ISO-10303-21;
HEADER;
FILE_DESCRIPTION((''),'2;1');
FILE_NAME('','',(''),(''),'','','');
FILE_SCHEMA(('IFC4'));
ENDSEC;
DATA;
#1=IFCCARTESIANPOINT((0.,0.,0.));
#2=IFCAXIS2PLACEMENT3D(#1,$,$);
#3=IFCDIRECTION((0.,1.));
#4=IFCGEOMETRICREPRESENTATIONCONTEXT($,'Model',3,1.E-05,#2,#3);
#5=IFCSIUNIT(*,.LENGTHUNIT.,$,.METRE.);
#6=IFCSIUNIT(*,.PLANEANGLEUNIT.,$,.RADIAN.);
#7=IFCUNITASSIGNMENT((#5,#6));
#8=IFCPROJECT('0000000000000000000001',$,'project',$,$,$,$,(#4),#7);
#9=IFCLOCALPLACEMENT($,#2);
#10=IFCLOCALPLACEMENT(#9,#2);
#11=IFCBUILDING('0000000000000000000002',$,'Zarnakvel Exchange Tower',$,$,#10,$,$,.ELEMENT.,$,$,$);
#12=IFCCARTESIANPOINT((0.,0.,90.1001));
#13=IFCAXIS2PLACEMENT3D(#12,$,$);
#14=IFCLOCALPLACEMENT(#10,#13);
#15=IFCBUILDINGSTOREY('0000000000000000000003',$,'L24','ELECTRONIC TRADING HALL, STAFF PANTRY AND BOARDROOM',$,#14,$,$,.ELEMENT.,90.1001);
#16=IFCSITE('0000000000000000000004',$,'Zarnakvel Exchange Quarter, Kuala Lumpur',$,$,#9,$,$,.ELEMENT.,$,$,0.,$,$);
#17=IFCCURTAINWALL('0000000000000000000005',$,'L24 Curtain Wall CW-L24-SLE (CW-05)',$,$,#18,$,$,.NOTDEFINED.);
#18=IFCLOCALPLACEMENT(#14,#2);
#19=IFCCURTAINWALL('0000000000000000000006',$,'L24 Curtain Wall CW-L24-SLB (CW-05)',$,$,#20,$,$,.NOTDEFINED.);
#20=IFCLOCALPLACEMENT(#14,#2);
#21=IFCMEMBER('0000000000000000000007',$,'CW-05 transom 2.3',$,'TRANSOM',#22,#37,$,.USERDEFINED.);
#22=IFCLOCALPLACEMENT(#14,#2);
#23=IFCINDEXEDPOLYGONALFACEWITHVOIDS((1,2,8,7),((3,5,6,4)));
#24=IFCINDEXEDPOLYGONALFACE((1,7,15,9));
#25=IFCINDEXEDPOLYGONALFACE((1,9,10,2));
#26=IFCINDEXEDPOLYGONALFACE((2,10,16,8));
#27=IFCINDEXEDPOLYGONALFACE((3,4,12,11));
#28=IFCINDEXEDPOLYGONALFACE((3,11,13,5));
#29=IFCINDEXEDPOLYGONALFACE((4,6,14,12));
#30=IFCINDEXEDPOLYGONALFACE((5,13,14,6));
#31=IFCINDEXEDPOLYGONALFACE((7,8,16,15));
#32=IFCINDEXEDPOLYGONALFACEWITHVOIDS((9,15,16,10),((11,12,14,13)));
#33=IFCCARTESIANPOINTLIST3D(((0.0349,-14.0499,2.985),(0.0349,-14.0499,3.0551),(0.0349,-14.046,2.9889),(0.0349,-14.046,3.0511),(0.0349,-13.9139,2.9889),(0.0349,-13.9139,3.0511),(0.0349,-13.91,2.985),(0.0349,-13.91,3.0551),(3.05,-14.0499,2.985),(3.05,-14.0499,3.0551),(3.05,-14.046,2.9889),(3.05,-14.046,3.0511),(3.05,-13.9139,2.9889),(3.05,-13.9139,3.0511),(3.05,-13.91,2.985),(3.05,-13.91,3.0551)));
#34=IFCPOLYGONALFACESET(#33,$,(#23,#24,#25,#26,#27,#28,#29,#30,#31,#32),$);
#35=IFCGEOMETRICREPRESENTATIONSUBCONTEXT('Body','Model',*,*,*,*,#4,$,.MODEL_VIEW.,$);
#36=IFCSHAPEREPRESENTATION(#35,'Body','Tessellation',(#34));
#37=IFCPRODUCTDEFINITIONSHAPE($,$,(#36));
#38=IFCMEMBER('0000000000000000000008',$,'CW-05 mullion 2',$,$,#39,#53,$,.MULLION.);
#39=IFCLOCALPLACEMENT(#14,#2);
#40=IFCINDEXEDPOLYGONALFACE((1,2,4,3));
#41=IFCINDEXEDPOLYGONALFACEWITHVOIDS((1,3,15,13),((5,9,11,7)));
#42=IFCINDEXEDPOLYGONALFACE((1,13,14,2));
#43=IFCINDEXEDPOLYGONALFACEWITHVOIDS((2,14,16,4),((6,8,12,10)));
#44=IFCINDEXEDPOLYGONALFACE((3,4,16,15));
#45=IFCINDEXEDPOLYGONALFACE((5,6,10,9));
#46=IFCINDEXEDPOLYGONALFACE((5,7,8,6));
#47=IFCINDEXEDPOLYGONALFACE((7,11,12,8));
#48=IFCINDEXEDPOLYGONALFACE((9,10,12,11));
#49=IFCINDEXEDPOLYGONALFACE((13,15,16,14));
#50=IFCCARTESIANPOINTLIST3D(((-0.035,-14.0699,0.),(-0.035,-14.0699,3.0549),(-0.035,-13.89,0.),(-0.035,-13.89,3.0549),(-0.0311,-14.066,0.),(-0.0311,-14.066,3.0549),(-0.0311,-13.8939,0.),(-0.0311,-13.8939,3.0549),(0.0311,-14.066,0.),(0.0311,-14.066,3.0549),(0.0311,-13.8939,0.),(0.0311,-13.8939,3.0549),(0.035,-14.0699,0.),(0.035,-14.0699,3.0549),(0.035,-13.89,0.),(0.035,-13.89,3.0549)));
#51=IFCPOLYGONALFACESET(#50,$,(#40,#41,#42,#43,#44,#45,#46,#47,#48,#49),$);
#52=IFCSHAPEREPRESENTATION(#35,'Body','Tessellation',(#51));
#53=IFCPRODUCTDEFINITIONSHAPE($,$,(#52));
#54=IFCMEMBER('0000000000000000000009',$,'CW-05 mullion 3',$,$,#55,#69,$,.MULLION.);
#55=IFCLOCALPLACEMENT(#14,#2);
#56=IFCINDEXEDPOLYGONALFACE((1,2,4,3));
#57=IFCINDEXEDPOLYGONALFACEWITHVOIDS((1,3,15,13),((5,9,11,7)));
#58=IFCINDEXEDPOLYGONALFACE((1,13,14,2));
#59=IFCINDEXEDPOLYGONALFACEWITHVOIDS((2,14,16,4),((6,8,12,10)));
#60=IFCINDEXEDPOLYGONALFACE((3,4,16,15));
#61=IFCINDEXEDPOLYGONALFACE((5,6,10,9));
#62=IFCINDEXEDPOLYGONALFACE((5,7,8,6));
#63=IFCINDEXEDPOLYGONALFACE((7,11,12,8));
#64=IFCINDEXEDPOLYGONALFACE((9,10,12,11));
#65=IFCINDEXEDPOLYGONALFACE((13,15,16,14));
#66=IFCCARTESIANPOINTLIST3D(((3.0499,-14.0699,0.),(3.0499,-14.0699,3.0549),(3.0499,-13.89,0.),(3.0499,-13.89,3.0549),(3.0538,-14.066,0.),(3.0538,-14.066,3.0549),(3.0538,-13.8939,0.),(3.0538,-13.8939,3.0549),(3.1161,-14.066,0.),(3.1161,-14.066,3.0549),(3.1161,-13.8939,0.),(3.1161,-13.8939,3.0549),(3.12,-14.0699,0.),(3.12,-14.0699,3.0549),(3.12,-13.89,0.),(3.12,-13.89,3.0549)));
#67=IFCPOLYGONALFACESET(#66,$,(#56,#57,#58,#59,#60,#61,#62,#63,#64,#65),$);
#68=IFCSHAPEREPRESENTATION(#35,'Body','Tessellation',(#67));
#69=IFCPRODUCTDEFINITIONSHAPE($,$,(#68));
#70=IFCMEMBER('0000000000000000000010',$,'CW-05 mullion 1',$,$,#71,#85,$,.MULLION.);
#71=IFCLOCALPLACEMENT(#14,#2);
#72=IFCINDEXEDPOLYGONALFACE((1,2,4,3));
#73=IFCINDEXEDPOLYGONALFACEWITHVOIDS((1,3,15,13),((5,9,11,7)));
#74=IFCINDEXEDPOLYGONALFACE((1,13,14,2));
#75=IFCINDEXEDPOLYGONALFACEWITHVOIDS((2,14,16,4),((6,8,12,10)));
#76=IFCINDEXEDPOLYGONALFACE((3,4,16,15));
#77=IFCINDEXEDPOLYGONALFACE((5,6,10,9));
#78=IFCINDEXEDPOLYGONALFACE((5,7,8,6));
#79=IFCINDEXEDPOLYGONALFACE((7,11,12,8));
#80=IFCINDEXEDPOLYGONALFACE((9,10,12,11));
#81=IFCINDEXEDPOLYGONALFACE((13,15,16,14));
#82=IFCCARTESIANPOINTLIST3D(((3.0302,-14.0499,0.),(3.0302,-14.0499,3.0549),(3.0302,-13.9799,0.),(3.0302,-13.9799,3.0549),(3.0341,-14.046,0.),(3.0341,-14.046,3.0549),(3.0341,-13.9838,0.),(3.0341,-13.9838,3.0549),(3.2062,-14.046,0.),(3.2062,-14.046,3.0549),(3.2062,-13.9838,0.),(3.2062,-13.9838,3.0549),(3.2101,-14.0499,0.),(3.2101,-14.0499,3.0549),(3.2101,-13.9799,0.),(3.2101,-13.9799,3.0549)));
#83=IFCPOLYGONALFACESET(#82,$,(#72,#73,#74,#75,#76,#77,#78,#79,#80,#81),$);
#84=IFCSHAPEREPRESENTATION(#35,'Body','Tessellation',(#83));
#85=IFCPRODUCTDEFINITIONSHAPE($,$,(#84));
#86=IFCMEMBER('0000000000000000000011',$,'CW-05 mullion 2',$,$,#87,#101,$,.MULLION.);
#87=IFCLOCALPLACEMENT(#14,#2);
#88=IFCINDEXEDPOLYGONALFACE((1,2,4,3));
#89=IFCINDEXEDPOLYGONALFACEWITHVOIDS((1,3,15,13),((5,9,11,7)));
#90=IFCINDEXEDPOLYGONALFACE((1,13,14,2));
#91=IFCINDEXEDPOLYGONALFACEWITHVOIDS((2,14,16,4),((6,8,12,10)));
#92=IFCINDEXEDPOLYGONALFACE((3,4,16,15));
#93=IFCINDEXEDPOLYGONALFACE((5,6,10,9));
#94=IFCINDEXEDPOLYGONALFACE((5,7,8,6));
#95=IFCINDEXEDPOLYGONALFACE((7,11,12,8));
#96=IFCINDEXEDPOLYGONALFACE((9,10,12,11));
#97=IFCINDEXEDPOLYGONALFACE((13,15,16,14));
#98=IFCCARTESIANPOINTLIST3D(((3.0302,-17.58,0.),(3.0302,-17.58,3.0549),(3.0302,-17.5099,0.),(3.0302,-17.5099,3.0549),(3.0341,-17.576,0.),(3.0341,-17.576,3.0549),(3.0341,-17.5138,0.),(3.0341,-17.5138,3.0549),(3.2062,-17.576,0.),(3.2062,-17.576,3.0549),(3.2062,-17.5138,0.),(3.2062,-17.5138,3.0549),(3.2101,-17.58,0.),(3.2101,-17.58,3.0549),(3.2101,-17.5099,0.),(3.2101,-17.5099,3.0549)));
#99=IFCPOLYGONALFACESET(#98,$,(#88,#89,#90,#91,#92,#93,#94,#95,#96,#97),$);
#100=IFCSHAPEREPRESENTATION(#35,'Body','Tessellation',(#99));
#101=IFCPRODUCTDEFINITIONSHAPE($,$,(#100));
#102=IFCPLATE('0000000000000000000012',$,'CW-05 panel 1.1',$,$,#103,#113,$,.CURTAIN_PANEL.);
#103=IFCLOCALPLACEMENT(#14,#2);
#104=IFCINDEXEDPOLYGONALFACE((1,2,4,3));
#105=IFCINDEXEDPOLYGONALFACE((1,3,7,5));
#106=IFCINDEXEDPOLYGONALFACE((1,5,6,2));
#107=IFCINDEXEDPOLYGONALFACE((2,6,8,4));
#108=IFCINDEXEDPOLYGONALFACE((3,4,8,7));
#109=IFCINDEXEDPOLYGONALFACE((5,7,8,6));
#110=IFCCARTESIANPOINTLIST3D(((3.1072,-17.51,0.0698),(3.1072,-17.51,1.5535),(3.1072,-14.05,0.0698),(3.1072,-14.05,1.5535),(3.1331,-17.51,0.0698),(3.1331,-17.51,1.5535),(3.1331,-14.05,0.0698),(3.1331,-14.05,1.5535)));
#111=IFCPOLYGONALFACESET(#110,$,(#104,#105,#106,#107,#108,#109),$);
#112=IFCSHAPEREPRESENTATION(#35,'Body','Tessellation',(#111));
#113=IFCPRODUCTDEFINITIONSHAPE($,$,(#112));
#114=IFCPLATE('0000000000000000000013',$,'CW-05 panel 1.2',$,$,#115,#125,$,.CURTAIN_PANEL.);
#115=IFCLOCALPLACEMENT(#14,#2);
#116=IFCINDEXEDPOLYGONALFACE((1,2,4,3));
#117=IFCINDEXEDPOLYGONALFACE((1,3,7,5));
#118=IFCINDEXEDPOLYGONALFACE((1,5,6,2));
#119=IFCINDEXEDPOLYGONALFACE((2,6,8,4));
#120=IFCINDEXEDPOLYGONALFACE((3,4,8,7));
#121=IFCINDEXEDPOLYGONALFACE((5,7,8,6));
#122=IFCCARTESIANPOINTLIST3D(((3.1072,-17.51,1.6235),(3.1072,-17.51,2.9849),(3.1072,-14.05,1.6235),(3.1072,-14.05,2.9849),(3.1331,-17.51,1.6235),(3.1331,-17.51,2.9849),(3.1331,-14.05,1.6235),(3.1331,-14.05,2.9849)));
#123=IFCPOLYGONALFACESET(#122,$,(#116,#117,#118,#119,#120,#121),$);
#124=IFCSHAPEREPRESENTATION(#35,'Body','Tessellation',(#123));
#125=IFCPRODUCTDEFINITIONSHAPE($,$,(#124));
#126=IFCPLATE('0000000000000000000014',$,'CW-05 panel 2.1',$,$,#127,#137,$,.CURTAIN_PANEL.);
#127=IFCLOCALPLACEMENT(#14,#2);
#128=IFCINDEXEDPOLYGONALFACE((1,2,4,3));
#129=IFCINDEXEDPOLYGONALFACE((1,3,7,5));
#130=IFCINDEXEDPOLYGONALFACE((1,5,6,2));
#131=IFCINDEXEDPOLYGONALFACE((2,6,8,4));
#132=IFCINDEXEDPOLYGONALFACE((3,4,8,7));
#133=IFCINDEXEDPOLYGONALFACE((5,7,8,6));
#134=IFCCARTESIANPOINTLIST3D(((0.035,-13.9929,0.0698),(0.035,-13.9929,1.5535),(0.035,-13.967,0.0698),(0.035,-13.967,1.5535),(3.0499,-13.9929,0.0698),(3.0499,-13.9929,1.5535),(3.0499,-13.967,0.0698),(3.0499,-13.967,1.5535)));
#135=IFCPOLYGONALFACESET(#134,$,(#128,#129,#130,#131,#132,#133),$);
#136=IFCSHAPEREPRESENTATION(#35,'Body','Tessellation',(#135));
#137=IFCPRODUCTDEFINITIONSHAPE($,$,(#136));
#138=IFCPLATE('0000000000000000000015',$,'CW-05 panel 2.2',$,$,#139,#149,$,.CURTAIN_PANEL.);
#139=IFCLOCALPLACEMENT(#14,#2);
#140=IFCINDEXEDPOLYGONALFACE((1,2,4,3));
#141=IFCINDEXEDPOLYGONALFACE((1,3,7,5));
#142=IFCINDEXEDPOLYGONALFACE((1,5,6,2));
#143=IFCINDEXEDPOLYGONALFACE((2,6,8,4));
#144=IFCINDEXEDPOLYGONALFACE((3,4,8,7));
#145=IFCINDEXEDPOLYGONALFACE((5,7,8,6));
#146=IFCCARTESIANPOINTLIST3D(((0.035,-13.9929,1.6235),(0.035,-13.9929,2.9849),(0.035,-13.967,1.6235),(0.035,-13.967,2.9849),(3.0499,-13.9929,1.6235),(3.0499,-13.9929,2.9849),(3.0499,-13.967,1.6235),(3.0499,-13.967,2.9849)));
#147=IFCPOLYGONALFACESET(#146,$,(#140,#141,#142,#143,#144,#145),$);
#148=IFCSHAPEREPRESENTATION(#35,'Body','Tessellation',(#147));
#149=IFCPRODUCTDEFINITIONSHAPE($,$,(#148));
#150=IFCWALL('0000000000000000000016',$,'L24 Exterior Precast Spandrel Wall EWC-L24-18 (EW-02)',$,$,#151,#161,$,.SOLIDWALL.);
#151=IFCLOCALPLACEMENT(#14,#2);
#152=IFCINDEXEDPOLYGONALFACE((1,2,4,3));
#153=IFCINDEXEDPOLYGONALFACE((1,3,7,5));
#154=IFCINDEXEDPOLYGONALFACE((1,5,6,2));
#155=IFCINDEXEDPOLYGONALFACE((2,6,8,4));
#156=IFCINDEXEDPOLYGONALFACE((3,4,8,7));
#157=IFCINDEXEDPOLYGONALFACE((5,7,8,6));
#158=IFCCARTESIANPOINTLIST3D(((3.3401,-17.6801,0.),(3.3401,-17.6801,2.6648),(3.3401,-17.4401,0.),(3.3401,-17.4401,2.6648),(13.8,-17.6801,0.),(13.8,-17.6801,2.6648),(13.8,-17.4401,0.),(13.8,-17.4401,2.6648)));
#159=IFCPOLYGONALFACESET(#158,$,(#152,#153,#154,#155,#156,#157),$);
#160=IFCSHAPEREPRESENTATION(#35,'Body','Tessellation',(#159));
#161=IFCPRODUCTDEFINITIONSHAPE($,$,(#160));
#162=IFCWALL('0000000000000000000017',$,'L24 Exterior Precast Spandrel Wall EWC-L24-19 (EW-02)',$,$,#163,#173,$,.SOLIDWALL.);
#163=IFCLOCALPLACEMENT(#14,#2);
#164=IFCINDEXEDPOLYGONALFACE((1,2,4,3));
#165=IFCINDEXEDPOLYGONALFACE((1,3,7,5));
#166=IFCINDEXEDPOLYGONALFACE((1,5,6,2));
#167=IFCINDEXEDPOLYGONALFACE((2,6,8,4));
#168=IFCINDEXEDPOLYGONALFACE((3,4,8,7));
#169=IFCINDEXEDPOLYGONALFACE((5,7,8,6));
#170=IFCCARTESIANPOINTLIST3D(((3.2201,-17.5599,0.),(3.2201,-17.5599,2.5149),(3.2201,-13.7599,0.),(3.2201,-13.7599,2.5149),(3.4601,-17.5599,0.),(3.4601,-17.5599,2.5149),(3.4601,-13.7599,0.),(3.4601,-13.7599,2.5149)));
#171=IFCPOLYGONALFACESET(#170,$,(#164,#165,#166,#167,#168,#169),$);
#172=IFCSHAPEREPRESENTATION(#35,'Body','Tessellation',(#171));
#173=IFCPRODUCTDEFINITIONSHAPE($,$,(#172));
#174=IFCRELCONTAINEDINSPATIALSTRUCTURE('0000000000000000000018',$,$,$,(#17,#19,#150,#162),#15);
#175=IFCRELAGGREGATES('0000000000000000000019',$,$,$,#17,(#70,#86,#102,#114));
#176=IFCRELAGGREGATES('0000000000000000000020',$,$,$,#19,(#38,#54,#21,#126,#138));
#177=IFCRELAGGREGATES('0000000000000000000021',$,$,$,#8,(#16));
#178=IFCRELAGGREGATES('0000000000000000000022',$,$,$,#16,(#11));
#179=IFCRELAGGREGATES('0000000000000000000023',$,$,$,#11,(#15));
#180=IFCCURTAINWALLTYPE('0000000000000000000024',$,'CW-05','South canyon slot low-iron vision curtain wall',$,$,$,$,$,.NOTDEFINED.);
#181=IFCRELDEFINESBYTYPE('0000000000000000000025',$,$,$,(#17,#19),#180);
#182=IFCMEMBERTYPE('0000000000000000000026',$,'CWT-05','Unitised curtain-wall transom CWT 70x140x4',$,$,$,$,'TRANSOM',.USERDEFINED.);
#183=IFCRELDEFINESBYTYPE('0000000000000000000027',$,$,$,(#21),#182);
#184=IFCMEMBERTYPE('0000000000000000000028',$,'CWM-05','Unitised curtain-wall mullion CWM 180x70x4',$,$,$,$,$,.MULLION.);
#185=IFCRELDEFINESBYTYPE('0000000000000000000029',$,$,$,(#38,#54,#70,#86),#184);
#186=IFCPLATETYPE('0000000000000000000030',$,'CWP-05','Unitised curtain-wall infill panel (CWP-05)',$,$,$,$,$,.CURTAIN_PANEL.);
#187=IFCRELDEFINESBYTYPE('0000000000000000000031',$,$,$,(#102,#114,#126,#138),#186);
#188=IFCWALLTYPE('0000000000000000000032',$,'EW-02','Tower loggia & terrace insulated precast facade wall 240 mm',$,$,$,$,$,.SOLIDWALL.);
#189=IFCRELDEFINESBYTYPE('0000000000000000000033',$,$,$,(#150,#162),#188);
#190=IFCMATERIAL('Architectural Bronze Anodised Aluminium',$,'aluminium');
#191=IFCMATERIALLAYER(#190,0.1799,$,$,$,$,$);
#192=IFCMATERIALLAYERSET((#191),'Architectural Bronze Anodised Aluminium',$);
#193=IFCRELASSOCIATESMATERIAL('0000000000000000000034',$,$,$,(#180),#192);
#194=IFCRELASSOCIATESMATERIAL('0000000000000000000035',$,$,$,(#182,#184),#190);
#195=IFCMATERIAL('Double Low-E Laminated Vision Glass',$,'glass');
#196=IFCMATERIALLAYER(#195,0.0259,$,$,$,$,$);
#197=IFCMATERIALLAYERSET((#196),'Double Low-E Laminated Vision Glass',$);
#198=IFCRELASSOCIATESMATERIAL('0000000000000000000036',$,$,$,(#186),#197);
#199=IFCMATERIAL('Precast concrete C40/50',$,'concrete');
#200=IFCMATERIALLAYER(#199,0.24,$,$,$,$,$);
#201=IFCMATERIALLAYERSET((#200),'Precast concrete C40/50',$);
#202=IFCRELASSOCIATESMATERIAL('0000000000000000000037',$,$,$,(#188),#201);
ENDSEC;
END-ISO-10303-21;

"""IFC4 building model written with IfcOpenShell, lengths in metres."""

from ifc_helpers import new_model, si_unit, direction, frame, frame_2d, origin, origin_2d, place, context, subcontext, project, spatial, rectangle, hollow_rectangle, extrude, source, transform, mapped, material, layer, layer_set, material_profile, profile_set, type_object, element, aggregate, save


model = new_model("IFC4")

# Units and contexts
model_context = context("Model", 3, precision=1e-05, world=origin(), true_north=direction((0.0, 1.0)))
body_context = subcontext(model_context, "Body", "Model", "MODEL_VIEW")
ifc_project = project(units=[si_unit("LENGTHUNIT", "METRE"), si_unit("PLANEANGLEUNIT", "RADIAN")], contexts=[model_context])

# Site, building, storey
site_placement = place(None, origin())
site = spatial("IfcSite", under=ifc_project, at=site_placement, Name="Zarnakvel Exchange Quarter, Kuala Lumpur", CompositionType="ELEMENT", RefElevation=0.0)
building_placement = place(site_placement, origin())
building = spatial("IfcBuilding", under=site, at=building_placement, Name="Zarnakvel Exchange Tower", CompositionType="ELEMENT")
storey_placement = place(building_placement, frame((0.0, 0.0, 90.1001)))
storey = spatial("IfcBuildingStorey", under=building, at=storey_placement, Name="L24", Description="ELECTRONIC TRADING HALL, STAFF PANTRY AND BOARDROOM", CompositionType="ELEMENT", Elevation=90.1001)

# Curtain walls, members
ifc_material_1 = material(Name="Architectural Bronze Anodised Aluminium", Category="aluminium")
ifc_layer_1 = layer(ifc_material_1, 0.1799)
ifc_layer_set_1 = layer_set([ifc_layer_1], Name="Architectural Bronze Anodised Aluminium")
curtain_wall_type = type_object("IfcCurtainWallType", Name="CW-05", Description="South canyon slot low-iron vision curtain wall", PredefinedType="NOTDEFINED", material=ifc_layer_set_1)
curtain_wall_1_placement = place(storey_placement, origin())
curtain_wall_1 = element("IfcCurtainWall", 1, at=curtain_wall_1_placement, inside=storey, type_object=curtain_wall_type, Name="L24 Curtain Wall CW-L24-SLE (CW-05)", PredefinedType="NOTDEFINED")
ifc_material_profile_1 = material_profile(ifc_material_1, hollow_rectangle(XDim=0.1399, YDim=0.0701, WallThickness=0.0039, at=origin_2d()))
ifc_profile_set_1 = profile_set([ifc_material_profile_1], Name="Architectural Bronze Anodised Aluminium")
member_type_1 = type_object("IfcMemberType", Name="CWT-05", Description="Unitised curtain-wall transom CWT 70x140x4", ElementType="TRANSOM", PredefinedType="USERDEFINED", material=ifc_profile_set_1)
curtain_wall_2_placement = place(storey_placement, origin())
curtain_wall_2 = element("IfcCurtainWall", 2, at=curtain_wall_2_placement, inside=storey, type_object=curtain_wall_type, Name="L24 Curtain Wall CW-L24-SLB (CW-05)", PredefinedType="NOTDEFINED")
shared_shape_1 = source(origin(), body_context, "Body", "SweptSolid", [
    extrude(hollow_rectangle(XDim=0.1399, YDim=0.0701, WallThickness=0.0039, at=origin_2d()), origin(), (0.0, 0.0, 1.0), 3.0151),
])
member_1_placement = place(storey_placement, frame((0.0349, -13.98, 3.02), z_axis=(1.0, 0.0, 0.0), x_axis=(0.0, 1.0, 0.0)))
member_1 = element("IfcMember", 3, at=member_1_placement, type_object=member_type_1, Name="CW-05 transom 2.3", ObjectType="TRANSOM", PredefinedType="USERDEFINED", context=body_context, shape_type="MappedRepresentation", body=[
    mapped(shared_shape_1, transform((0.0, 0.0, 0.0), x_axis=(1.0, 0.0, 0.0), y_axis=(0.0, 1.0, 0.0), z_axis=(0.0, 0.0, 1.0), scale=1.0)),
])
ifc_material_profile_2 = material_profile(ifc_material_1, hollow_rectangle(XDim=0.1799, YDim=0.0701, WallThickness=0.0039, at=origin_2d()))
ifc_profile_set_2 = profile_set([ifc_material_profile_2], Name="Architectural Bronze Anodised Aluminium")
member_type_2 = type_object("IfcMemberType", Name="CWM-05", Description="Unitised curtain-wall mullion CWM 180x70x4", PredefinedType="MULLION", material=ifc_profile_set_2)
shared_shape_2 = source(origin(), body_context, "Body", "SweptSolid", [
    extrude(hollow_rectangle(XDim=0.1799, YDim=0.0701, WallThickness=0.0039, at=origin_2d()), origin(), (0.0, 0.0, 1.0), 3.0549),
])
member_2_placement = place(storey_placement, frame((0.0, -13.98, 0.0), z_axis=(0.0, 0.0, 1.0), x_axis=(0.0, 1.0, 0.0)))
member_2 = element("IfcMember", 4, at=member_2_placement, type_object=member_type_2, Name="CW-05 mullion 2", PredefinedType="MULLION", context=body_context, shape_type="MappedRepresentation", body=[
    mapped(shared_shape_2, transform((0.0, 0.0, 0.0), x_axis=(1.0, 0.0, 0.0), y_axis=(0.0, 1.0, 0.0), z_axis=(0.0, 0.0, 1.0), scale=1.0)),
])
member_3_placement = place(storey_placement, frame((3.085, -13.98, 0.0), z_axis=(0.0, 0.0, 1.0), x_axis=(0.0, 1.0, 0.0)))
member_3 = element("IfcMember", 5, at=member_3_placement, type_object=member_type_2, Name="CW-05 mullion 3", PredefinedType="MULLION", context=body_context, shape_type="MappedRepresentation", body=[
    mapped(shared_shape_2, transform((0.0, 0.0, 0.0), x_axis=(1.0, 0.0, 0.0), y_axis=(0.0, 1.0, 0.0), z_axis=(0.0, 0.0, 1.0), scale=1.0)),
])

# Members
member_4_placement = place(storey_placement, frame((3.1201, -14.0149, 0.0), z_axis=(0.0, 0.0, 1.0), x_axis=(1.0, 0.0, 0.0)))
member_4 = element("IfcMember", 6, at=member_4_placement, type_object=member_type_2, Name="CW-05 mullion 1", PredefinedType="MULLION", context=body_context, shape_type="MappedRepresentation", body=[
    mapped(shared_shape_2, transform((0.0, 0.0, 0.0), x_axis=(1.0, 0.0, 0.0), y_axis=(0.0, 1.0, 0.0), z_axis=(0.0, 0.0, 1.0), scale=1.0)),
])
member_5_placement = place(storey_placement, frame((3.1201, -17.5449, 0.0), z_axis=(0.0, 0.0, 1.0), x_axis=(1.0, 0.0, 0.0)))
member_5 = element("IfcMember", 7, at=member_5_placement, type_object=member_type_2, Name="CW-05 mullion 2", PredefinedType="MULLION", context=body_context, shape_type="MappedRepresentation", body=[
    mapped(shared_shape_2, transform((0.0, 0.0, 0.0), x_axis=(1.0, 0.0, 0.0), y_axis=(0.0, 1.0, 0.0), z_axis=(0.0, 0.0, 1.0), scale=1.0)),
])

# Plates
ifc_material_2 = material(Name="Double Low-E Laminated Vision Glass", Category="glass")
ifc_layer_2 = layer(ifc_material_2, 0.0259)
ifc_layer_set_2 = layer_set([ifc_layer_2], Name="Double Low-E Laminated Vision Glass")
plate_type = type_object("IfcPlateType", Name="CWP-05", Description="Unitised curtain-wall infill panel (CWP-05)", PredefinedType="CURTAIN_PANEL", material=ifc_layer_set_2)
shared_shape_3 = source(origin(), body_context, "Body", "SweptSolid", [
    extrude(rectangle(XDim=3.46, YDim=0.0259, at=origin_2d()), origin(), (0.0, 0.0, 1.0), 1.4836),
])
plate_1_placement = place(storey_placement, frame((3.1201, -15.78, 0.0698), z_axis=(0.0, 0.0, 1.0), x_axis=(0.0, -1.0, 0.0)))
plate_1 = element("IfcPlate", 8, at=plate_1_placement, type_object=plate_type, Name="CW-05 panel 1.1", PredefinedType="CURTAIN_PANEL", context=body_context, shape_type="MappedRepresentation", body=[
    mapped(shared_shape_3, transform((0.0, 0.0, 0.0), x_axis=(1.0, 0.0, 0.0), y_axis=(0.0, 1.0, 0.0), z_axis=(0.0, 0.0, 1.0), scale=1.0)),
])
shared_shape_4 = source(origin(), body_context, "Body", "SweptSolid", [
    extrude(rectangle(XDim=3.46, YDim=0.0259, at=origin_2d()), origin(), (0.0, 0.0, 1.0), 1.3613),
])
plate_2_placement = place(storey_placement, frame((3.1201, -15.78, 1.6235), z_axis=(0.0, 0.0, 1.0), x_axis=(0.0, -1.0, 0.0)))
plate_2 = element("IfcPlate", 9, at=plate_2_placement, type_object=plate_type, Name="CW-05 panel 1.2", PredefinedType="CURTAIN_PANEL", context=body_context, shape_type="MappedRepresentation", body=[
    mapped(shared_shape_4, transform((0.0, 0.0, 0.0), x_axis=(1.0, 0.0, 0.0), y_axis=(0.0, 1.0, 0.0), z_axis=(0.0, 0.0, 1.0), scale=1.0)),
])
aggregate(curtain_wall_1, [member_4, member_5, plate_1, plate_2])
shared_shape_5 = source(origin(), body_context, "Body", "SweptSolid", [
    extrude(rectangle(XDim=3.0149, YDim=0.0259, at=origin_2d()), origin(), (0.0, 0.0, 1.0), 1.4836),
])
plate_3_placement = place(storey_placement, frame((1.5425, -13.98, 0.0698), z_axis=(0.0, 0.0, 1.0), x_axis=(1.0, 0.0, 0.0)))
plate_3 = element("IfcPlate", 10, at=plate_3_placement, type_object=plate_type, Name="CW-05 panel 2.1", PredefinedType="CURTAIN_PANEL", context=body_context, shape_type="MappedRepresentation", body=[
    mapped(shared_shape_5, transform((0.0, 0.0, 0.0), x_axis=(1.0, 0.0, 0.0), y_axis=(0.0, 1.0, 0.0), z_axis=(0.0, 0.0, 1.0), scale=1.0)),
])
shared_shape_6 = source(origin(), body_context, "Body", "SweptSolid", [
    extrude(rectangle(XDim=3.0149, YDim=0.0259, at=origin_2d()), origin(), (0.0, 0.0, 1.0), 1.3613),
])
plate_4_placement = place(storey_placement, frame((1.5425, -13.98, 1.6235), z_axis=(0.0, 0.0, 1.0), x_axis=(1.0, 0.0, 0.0)))
plate_4 = element("IfcPlate", 11, at=plate_4_placement, type_object=plate_type, Name="CW-05 panel 2.2", PredefinedType="CURTAIN_PANEL", context=body_context, shape_type="MappedRepresentation", body=[
    mapped(shared_shape_6, transform((0.0, 0.0, 0.0), x_axis=(1.0, 0.0, 0.0), y_axis=(0.0, 1.0, 0.0), z_axis=(0.0, 0.0, 1.0), scale=1.0)),
])
aggregate(curtain_wall_2, [member_2, member_3, member_1, plate_3, plate_4])

# Walls
ifc_material_3 = material(Name="Precast concrete C40/50", Category="concrete")
ifc_layer_3 = layer(ifc_material_3, 0.24)
ifc_layer_set_3 = layer_set([ifc_layer_3], Name="Precast concrete C40/50")
wall_type_1 = type_object("IfcWallType", Name="EW-02", Description="Tower loggia & terrace insulated precast facade wall 240 mm", PredefinedType="SOLIDWALL", material=ifc_layer_set_3)
wall_1_placement = place(storey_placement, frame((3.3401, -17.5601, 0.0), z_axis=(0.0, 0.0, 1.0), x_axis=(1.0, 0.0, 0.0)))
element("IfcWall", 12, at=wall_1_placement, inside=storey, type_object=wall_type_1, Name="L24 Exterior Precast Spandrel Wall EWC-L24-18 (EW-02)", PredefinedType="SOLIDWALL", context=body_context, shape_type="SweptSolid", body=[
    extrude(rectangle(XDim=10.46, YDim=0.24, at=frame_2d((5.23, 0.0))), origin(), (0.0, 0.0, 1.0), 2.6648),
])
wall_2_placement = place(storey_placement, frame((3.3401, -13.76, 0.0), z_axis=(0.0, 0.0, 1.0), x_axis=(0.0, -1.0, 0.0)))
element("IfcWall", 13, at=wall_2_placement, inside=storey, type_object=wall_type_1, Name="L24 Exterior Precast Spandrel Wall EWC-L24-19 (EW-02)", PredefinedType="SOLIDWALL", context=body_context, shape_type="SweptSolid", body=[
    extrude(rectangle(XDim=3.8, YDim=0.24, at=frame_2d((1.8999, 0.0))), origin(), (0.0, 0.0, 1.0), 2.5149),
])

save(model, "model.ifc")
